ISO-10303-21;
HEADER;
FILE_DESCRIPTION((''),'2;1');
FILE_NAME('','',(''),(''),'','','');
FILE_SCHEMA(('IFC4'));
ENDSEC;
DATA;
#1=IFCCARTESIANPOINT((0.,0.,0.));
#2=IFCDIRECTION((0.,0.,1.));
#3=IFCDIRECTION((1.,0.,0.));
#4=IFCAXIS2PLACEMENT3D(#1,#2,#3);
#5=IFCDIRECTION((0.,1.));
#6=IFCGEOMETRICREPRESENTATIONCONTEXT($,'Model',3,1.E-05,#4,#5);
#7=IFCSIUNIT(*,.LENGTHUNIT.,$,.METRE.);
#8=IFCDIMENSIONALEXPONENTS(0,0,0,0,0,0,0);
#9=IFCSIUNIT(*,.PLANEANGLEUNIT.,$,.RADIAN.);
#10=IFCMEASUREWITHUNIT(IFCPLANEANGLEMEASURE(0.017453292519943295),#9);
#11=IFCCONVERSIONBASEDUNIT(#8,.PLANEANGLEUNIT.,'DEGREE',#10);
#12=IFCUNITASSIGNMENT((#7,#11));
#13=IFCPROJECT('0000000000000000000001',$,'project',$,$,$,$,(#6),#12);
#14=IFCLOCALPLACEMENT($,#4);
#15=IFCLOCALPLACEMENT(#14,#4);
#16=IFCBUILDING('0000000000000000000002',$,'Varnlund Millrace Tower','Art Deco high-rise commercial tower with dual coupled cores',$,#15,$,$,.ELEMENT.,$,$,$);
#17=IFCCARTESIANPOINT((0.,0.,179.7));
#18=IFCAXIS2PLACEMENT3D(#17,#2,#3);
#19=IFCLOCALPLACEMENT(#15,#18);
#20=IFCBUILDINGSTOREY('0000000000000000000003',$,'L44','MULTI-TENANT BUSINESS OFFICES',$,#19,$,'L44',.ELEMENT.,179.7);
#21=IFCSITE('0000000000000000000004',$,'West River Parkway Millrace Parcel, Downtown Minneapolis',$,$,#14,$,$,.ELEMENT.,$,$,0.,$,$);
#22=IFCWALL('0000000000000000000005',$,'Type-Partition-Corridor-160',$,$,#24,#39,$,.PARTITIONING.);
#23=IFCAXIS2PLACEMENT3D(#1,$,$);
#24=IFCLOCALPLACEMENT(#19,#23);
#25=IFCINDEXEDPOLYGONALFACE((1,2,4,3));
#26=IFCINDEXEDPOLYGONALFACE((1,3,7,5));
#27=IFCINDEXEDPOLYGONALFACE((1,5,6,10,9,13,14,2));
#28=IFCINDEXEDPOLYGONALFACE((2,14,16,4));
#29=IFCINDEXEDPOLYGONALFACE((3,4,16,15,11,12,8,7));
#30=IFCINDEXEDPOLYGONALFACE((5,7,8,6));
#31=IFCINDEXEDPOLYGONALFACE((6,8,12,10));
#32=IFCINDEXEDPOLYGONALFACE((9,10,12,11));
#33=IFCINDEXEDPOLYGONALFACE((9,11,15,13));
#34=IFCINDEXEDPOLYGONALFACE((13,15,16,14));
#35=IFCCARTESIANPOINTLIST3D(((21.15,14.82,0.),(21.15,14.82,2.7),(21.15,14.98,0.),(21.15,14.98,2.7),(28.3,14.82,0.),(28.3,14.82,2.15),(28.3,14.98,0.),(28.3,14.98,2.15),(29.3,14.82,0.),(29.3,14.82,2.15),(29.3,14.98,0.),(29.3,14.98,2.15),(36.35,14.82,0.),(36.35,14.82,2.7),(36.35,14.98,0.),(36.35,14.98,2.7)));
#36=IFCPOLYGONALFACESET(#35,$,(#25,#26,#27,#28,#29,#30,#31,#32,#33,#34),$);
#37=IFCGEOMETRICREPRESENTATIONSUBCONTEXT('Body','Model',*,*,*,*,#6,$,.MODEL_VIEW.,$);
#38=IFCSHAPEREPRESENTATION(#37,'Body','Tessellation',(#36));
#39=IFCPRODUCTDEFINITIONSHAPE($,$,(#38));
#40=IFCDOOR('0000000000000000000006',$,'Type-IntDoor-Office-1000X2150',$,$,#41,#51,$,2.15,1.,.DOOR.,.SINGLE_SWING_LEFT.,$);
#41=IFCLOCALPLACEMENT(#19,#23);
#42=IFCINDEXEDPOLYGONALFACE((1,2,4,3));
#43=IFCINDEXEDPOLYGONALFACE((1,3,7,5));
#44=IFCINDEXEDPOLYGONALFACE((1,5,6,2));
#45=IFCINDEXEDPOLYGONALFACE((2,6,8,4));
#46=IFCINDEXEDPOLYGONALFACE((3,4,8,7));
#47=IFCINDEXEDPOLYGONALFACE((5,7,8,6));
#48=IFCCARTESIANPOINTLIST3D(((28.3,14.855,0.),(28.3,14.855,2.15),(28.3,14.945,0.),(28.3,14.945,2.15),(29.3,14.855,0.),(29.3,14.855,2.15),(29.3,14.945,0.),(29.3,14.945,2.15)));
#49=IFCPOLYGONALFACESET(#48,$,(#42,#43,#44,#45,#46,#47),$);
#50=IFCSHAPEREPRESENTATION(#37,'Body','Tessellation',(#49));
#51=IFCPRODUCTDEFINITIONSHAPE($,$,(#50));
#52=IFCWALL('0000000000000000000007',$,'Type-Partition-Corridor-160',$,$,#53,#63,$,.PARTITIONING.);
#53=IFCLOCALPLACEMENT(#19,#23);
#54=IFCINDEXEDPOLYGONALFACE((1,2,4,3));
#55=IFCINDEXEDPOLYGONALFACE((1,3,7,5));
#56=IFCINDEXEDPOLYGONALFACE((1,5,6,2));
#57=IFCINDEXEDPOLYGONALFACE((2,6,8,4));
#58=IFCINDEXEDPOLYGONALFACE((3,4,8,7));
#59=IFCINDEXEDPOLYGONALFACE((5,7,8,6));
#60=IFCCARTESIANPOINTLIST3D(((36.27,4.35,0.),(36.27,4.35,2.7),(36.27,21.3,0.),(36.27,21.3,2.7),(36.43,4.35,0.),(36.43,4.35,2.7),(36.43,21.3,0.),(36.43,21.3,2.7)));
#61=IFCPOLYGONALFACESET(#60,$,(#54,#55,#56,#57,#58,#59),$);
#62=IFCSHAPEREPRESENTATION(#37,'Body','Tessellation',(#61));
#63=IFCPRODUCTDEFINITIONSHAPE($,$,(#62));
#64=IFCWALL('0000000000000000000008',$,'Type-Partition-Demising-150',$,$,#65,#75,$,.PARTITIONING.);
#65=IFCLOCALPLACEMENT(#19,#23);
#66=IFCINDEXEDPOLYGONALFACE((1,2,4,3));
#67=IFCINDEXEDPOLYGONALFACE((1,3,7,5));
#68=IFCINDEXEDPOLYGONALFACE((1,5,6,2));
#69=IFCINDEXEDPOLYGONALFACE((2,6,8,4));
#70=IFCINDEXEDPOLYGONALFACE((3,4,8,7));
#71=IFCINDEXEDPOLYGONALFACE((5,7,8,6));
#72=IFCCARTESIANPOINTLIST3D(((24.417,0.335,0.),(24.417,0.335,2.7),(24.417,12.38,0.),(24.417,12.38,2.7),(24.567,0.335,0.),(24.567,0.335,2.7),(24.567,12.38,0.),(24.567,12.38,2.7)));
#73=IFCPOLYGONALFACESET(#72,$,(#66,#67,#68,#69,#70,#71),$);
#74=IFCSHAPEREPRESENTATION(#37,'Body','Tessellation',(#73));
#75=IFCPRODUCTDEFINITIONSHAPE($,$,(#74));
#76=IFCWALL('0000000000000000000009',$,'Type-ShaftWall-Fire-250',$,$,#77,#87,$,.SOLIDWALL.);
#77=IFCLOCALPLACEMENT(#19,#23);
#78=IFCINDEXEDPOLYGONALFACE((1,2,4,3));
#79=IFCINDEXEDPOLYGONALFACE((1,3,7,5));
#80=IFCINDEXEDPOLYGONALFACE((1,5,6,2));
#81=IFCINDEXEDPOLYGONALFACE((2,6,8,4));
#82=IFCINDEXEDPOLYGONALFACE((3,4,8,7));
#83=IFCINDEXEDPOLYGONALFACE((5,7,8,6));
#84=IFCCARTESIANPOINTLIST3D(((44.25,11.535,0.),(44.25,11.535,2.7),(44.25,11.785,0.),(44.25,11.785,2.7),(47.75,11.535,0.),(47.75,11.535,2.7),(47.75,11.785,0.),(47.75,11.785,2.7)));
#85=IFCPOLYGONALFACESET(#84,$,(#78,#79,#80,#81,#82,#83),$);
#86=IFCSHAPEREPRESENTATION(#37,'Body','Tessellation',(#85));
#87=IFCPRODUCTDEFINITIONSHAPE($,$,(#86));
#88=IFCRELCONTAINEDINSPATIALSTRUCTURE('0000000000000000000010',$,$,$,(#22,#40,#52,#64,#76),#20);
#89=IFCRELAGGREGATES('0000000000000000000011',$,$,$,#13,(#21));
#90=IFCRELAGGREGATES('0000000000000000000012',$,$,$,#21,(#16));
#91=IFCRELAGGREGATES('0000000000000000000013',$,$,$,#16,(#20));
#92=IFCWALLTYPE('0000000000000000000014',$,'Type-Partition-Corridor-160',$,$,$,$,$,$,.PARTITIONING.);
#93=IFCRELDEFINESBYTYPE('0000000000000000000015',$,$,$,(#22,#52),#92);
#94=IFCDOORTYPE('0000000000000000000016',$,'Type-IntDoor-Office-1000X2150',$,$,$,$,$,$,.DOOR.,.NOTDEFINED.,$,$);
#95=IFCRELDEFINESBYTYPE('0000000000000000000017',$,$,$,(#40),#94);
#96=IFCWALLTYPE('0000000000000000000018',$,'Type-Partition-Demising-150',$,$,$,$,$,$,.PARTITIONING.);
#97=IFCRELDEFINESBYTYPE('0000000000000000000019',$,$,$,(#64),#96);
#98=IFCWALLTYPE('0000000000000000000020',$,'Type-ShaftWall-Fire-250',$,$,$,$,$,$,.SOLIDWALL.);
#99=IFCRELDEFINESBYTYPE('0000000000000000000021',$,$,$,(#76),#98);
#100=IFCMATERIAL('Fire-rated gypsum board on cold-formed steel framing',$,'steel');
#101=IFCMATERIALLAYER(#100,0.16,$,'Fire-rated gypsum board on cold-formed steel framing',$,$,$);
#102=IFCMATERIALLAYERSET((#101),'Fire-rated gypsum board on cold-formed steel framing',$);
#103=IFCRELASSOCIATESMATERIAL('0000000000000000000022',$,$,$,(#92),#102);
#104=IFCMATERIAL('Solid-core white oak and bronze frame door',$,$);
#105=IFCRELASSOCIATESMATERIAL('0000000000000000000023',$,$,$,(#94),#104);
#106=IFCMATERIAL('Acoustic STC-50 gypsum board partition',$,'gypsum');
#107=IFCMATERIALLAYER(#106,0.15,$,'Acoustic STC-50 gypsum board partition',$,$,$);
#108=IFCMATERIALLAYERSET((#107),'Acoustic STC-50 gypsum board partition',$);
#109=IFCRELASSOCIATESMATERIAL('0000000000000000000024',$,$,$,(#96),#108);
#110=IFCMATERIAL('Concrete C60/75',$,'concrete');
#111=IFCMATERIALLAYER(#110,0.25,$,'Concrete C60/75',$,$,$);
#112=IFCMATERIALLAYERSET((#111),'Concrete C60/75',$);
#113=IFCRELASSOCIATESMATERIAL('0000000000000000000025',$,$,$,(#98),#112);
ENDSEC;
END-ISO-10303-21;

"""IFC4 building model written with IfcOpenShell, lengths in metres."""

from ifc_helpers import new_model, entity, si_unit, converted_unit, direction, frame, origin_with_axes, origin_2d_with_axis, place, context, subcontext, project, spatial, polyline, rectangle, outline, extrude, material, layer, layer_set, type_object, element, fill, save


model = new_model("IFC4")

# Units and contexts
model_context = context("Model", 3, precision=1e-05, world=origin_with_axes(), true_north=direction((0.0, 1.0)))
body_context = subcontext(model_context, "Body", "Model", "MODEL_VIEW")
ifc_project = project(units=[si_unit("LENGTHUNIT", "METRE"), converted_unit("PLANEANGLEUNIT", "DEGREE", entity("IfcPlaneAngleMeasure", 0.017453292519943295), si_unit("PLANEANGLEUNIT", "RADIAN"), dimensions=[0, 0, 0, 0, 0, 0, 0])], contexts=[model_context])

# Site, building, storey
site_placement = place(None, origin_with_axes())
site = spatial("IfcSite", under=ifc_project, at=site_placement, Name="West River Parkway Millrace Parcel, Downtown Minneapolis", CompositionType="ELEMENT", RefElevation=0.0)
building_placement = place(site_placement, origin_with_axes())
building = spatial("IfcBuilding", under=site, at=building_placement, Name="Varnlund Millrace Tower", Description="Art Deco high-rise commercial tower with dual coupled cores", CompositionType="ELEMENT")
storey_placement = place(building_placement, frame((0.0, 0.0, 179.7), z_axis=(0.0, 0.0, 1.0), x_axis=(1.0, 0.0, 0.0)))
storey = spatial("IfcBuildingStorey", under=building, at=storey_placement, Name="L44", Description="MULTI-TENANT BUSINESS OFFICES", LongName="L44", CompositionType="ELEMENT", Elevation=179.7)

# Shared definitions
ifc_material_1 = material(Name="Fire-rated gypsum board on cold-formed steel framing", Category="steel")
ifc_layer_1 = layer(ifc_material_1, 0.16, Name="Fire-rated gypsum board on cold-formed steel framing")
ifc_layer_set_1 = layer_set([ifc_layer_1], Name="Fire-rated gypsum board on cold-formed steel framing")
wall_type_1 = type_object("IfcWallType", Name="Type-Partition-Corridor-160", PredefinedType="PARTITIONING", material=ifc_layer_set_1)
ifc_material_2 = material(Name="Solid-core white oak and bronze frame door")
door_type_1 = type_object("IfcDoorType", Name="Type-IntDoor-Office-1000X2150", OperationType="NOTDEFINED", PredefinedType="DOOR", material=ifc_material_2)

# Wall, opening, door
wall_1_placement = place(storey_placement, frame((21.15, 14.9, 0.0), z_axis=(0.0, 0.0, 1.0), x_axis=(1.0, 0.0, 0.0)))
wall_1 = element("IfcWall", 1, at=wall_1_placement, inside=storey, type_object=wall_type_1, Name="Type-Partition-Corridor-160", PredefinedType="PARTITIONING", context=body_context, shape_type="SweptSolid", body=[
    extrude(outline(polyline([(0.0, -0.08), (15.2, -0.08), (15.2, 0.08), (0.0, 0.08), (0.0, -0.08)])), origin_with_axes(), (0.0, 0.0, 1.0), 2.7),
])
opening_1_placement = place(wall_1_placement, frame((7.65, 0.0, 0.0), z_axis=(0.0, 0.0, 1.0), x_axis=(1.0, 0.0, 0.0)))
opening_1 = element("IfcOpeningElement", 2, at=opening_1_placement, cuts=wall_1, PredefinedType="OPENING", context=body_context, shape_type="SweptSolid", body=[
    extrude(rectangle(XDim=1.0, YDim=0.18, at=origin_2d_with_axis()), origin_with_axes(), (0.0, 0.0, 1.0), 2.15),
])
door_1_placement = place(wall_1_placement, frame((7.65, 0.0, 0.0), z_axis=(0.0, 0.0, 1.0), x_axis=(1.0, 0.0, 0.0)))
door_1 = element("IfcDoor", 3, at=door_1_placement, inside=storey, type_object=door_type_1, Name="Type-IntDoor-Office-1000X2150", OperationType="SINGLE_SWING_LEFT", OverallHeight=2.15, OverallWidth=1.0, PredefinedType="DOOR", context=body_context, shape_type="SweptSolid", body=[
    extrude(rectangle(XDim=1.0, YDim=0.09, at=origin_2d_with_axis()), origin_with_axes(), (0.0, 0.0, 1.0), 2.15),
])
fill(opening_1, door_1)

# Walls
wall_2_placement = place(storey_placement, frame((36.35, 4.35, 0.0), z_axis=(0.0, 0.0, 1.0), x_axis=(0.0, 1.0, 0.0)))
element("IfcWall", 4, at=wall_2_placement, inside=storey, type_object=wall_type_1, Name="Type-Partition-Corridor-160", PredefinedType="PARTITIONING", context=body_context, shape_type="SweptSolid", body=[
    extrude(outline(polyline([(0.0, -0.08), (16.95, -0.08), (16.95, 0.08), (0.0, 0.08), (0.0, -0.08)])), origin_with_axes(), (0.0, 0.0, 1.0), 2.7),
])
ifc_material_3 = material(Name="Acoustic STC-50 gypsum board partition", Category="gypsum")
ifc_layer_2 = layer(ifc_material_3, 0.15, Name="Acoustic STC-50 gypsum board partition")
ifc_layer_set_2 = layer_set([ifc_layer_2], Name="Acoustic STC-50 gypsum board partition")
wall_type_2 = type_object("IfcWallType", Name="Type-Partition-Demising-150", PredefinedType="PARTITIONING", material=ifc_layer_set_2)
wall_3_placement = place(storey_placement, frame((24.492, 0.335, 0.0), z_axis=(0.0, 0.0, 1.0), x_axis=(0.0, 1.0, 0.0)))
element("IfcWall", 5, at=wall_3_placement, inside=storey, type_object=wall_type_2, Name="Type-Partition-Demising-150", PredefinedType="PARTITIONING", context=body_context, shape_type="SweptSolid", body=[
    extrude(outline(polyline([(0.0, -0.075), (12.045, -0.075), (12.045, 0.075), (0.0, 0.075), (0.0, -0.075)])), origin_with_axes(), (0.0, 0.0, 1.0), 2.7),
])
ifc_material_4 = material(Name="Concrete C60/75", Category="concrete")
ifc_layer_3 = layer(ifc_material_4, 0.25, Name="Concrete C60/75")
ifc_layer_set_3 = layer_set([ifc_layer_3], Name="Concrete C60/75")
wall_type_3 = type_object("IfcWallType", Name="Type-ShaftWall-Fire-250", PredefinedType="SOLIDWALL", material=ifc_layer_set_3)
wall_4_placement = place(storey_placement, frame((44.25, 11.66, 0.0), z_axis=(0.0, 0.0, 1.0), x_axis=(1.0, 0.0, 0.0)))
element("IfcWall", 6, at=wall_4_placement, inside=storey, type_object=wall_type_3, Name="Type-ShaftWall-Fire-250", PredefinedType="SOLIDWALL", context=body_context, shape_type="SweptSolid", body=[
    extrude(outline(polyline([(0.0, -0.125), (3.5, -0.125), (3.5, 0.125), (0.0, 0.125), (0.0, -0.125)])), origin_with_axes(), (0.0, 0.0, 1.0), 2.7),
])

save(model, "model.ifc")
